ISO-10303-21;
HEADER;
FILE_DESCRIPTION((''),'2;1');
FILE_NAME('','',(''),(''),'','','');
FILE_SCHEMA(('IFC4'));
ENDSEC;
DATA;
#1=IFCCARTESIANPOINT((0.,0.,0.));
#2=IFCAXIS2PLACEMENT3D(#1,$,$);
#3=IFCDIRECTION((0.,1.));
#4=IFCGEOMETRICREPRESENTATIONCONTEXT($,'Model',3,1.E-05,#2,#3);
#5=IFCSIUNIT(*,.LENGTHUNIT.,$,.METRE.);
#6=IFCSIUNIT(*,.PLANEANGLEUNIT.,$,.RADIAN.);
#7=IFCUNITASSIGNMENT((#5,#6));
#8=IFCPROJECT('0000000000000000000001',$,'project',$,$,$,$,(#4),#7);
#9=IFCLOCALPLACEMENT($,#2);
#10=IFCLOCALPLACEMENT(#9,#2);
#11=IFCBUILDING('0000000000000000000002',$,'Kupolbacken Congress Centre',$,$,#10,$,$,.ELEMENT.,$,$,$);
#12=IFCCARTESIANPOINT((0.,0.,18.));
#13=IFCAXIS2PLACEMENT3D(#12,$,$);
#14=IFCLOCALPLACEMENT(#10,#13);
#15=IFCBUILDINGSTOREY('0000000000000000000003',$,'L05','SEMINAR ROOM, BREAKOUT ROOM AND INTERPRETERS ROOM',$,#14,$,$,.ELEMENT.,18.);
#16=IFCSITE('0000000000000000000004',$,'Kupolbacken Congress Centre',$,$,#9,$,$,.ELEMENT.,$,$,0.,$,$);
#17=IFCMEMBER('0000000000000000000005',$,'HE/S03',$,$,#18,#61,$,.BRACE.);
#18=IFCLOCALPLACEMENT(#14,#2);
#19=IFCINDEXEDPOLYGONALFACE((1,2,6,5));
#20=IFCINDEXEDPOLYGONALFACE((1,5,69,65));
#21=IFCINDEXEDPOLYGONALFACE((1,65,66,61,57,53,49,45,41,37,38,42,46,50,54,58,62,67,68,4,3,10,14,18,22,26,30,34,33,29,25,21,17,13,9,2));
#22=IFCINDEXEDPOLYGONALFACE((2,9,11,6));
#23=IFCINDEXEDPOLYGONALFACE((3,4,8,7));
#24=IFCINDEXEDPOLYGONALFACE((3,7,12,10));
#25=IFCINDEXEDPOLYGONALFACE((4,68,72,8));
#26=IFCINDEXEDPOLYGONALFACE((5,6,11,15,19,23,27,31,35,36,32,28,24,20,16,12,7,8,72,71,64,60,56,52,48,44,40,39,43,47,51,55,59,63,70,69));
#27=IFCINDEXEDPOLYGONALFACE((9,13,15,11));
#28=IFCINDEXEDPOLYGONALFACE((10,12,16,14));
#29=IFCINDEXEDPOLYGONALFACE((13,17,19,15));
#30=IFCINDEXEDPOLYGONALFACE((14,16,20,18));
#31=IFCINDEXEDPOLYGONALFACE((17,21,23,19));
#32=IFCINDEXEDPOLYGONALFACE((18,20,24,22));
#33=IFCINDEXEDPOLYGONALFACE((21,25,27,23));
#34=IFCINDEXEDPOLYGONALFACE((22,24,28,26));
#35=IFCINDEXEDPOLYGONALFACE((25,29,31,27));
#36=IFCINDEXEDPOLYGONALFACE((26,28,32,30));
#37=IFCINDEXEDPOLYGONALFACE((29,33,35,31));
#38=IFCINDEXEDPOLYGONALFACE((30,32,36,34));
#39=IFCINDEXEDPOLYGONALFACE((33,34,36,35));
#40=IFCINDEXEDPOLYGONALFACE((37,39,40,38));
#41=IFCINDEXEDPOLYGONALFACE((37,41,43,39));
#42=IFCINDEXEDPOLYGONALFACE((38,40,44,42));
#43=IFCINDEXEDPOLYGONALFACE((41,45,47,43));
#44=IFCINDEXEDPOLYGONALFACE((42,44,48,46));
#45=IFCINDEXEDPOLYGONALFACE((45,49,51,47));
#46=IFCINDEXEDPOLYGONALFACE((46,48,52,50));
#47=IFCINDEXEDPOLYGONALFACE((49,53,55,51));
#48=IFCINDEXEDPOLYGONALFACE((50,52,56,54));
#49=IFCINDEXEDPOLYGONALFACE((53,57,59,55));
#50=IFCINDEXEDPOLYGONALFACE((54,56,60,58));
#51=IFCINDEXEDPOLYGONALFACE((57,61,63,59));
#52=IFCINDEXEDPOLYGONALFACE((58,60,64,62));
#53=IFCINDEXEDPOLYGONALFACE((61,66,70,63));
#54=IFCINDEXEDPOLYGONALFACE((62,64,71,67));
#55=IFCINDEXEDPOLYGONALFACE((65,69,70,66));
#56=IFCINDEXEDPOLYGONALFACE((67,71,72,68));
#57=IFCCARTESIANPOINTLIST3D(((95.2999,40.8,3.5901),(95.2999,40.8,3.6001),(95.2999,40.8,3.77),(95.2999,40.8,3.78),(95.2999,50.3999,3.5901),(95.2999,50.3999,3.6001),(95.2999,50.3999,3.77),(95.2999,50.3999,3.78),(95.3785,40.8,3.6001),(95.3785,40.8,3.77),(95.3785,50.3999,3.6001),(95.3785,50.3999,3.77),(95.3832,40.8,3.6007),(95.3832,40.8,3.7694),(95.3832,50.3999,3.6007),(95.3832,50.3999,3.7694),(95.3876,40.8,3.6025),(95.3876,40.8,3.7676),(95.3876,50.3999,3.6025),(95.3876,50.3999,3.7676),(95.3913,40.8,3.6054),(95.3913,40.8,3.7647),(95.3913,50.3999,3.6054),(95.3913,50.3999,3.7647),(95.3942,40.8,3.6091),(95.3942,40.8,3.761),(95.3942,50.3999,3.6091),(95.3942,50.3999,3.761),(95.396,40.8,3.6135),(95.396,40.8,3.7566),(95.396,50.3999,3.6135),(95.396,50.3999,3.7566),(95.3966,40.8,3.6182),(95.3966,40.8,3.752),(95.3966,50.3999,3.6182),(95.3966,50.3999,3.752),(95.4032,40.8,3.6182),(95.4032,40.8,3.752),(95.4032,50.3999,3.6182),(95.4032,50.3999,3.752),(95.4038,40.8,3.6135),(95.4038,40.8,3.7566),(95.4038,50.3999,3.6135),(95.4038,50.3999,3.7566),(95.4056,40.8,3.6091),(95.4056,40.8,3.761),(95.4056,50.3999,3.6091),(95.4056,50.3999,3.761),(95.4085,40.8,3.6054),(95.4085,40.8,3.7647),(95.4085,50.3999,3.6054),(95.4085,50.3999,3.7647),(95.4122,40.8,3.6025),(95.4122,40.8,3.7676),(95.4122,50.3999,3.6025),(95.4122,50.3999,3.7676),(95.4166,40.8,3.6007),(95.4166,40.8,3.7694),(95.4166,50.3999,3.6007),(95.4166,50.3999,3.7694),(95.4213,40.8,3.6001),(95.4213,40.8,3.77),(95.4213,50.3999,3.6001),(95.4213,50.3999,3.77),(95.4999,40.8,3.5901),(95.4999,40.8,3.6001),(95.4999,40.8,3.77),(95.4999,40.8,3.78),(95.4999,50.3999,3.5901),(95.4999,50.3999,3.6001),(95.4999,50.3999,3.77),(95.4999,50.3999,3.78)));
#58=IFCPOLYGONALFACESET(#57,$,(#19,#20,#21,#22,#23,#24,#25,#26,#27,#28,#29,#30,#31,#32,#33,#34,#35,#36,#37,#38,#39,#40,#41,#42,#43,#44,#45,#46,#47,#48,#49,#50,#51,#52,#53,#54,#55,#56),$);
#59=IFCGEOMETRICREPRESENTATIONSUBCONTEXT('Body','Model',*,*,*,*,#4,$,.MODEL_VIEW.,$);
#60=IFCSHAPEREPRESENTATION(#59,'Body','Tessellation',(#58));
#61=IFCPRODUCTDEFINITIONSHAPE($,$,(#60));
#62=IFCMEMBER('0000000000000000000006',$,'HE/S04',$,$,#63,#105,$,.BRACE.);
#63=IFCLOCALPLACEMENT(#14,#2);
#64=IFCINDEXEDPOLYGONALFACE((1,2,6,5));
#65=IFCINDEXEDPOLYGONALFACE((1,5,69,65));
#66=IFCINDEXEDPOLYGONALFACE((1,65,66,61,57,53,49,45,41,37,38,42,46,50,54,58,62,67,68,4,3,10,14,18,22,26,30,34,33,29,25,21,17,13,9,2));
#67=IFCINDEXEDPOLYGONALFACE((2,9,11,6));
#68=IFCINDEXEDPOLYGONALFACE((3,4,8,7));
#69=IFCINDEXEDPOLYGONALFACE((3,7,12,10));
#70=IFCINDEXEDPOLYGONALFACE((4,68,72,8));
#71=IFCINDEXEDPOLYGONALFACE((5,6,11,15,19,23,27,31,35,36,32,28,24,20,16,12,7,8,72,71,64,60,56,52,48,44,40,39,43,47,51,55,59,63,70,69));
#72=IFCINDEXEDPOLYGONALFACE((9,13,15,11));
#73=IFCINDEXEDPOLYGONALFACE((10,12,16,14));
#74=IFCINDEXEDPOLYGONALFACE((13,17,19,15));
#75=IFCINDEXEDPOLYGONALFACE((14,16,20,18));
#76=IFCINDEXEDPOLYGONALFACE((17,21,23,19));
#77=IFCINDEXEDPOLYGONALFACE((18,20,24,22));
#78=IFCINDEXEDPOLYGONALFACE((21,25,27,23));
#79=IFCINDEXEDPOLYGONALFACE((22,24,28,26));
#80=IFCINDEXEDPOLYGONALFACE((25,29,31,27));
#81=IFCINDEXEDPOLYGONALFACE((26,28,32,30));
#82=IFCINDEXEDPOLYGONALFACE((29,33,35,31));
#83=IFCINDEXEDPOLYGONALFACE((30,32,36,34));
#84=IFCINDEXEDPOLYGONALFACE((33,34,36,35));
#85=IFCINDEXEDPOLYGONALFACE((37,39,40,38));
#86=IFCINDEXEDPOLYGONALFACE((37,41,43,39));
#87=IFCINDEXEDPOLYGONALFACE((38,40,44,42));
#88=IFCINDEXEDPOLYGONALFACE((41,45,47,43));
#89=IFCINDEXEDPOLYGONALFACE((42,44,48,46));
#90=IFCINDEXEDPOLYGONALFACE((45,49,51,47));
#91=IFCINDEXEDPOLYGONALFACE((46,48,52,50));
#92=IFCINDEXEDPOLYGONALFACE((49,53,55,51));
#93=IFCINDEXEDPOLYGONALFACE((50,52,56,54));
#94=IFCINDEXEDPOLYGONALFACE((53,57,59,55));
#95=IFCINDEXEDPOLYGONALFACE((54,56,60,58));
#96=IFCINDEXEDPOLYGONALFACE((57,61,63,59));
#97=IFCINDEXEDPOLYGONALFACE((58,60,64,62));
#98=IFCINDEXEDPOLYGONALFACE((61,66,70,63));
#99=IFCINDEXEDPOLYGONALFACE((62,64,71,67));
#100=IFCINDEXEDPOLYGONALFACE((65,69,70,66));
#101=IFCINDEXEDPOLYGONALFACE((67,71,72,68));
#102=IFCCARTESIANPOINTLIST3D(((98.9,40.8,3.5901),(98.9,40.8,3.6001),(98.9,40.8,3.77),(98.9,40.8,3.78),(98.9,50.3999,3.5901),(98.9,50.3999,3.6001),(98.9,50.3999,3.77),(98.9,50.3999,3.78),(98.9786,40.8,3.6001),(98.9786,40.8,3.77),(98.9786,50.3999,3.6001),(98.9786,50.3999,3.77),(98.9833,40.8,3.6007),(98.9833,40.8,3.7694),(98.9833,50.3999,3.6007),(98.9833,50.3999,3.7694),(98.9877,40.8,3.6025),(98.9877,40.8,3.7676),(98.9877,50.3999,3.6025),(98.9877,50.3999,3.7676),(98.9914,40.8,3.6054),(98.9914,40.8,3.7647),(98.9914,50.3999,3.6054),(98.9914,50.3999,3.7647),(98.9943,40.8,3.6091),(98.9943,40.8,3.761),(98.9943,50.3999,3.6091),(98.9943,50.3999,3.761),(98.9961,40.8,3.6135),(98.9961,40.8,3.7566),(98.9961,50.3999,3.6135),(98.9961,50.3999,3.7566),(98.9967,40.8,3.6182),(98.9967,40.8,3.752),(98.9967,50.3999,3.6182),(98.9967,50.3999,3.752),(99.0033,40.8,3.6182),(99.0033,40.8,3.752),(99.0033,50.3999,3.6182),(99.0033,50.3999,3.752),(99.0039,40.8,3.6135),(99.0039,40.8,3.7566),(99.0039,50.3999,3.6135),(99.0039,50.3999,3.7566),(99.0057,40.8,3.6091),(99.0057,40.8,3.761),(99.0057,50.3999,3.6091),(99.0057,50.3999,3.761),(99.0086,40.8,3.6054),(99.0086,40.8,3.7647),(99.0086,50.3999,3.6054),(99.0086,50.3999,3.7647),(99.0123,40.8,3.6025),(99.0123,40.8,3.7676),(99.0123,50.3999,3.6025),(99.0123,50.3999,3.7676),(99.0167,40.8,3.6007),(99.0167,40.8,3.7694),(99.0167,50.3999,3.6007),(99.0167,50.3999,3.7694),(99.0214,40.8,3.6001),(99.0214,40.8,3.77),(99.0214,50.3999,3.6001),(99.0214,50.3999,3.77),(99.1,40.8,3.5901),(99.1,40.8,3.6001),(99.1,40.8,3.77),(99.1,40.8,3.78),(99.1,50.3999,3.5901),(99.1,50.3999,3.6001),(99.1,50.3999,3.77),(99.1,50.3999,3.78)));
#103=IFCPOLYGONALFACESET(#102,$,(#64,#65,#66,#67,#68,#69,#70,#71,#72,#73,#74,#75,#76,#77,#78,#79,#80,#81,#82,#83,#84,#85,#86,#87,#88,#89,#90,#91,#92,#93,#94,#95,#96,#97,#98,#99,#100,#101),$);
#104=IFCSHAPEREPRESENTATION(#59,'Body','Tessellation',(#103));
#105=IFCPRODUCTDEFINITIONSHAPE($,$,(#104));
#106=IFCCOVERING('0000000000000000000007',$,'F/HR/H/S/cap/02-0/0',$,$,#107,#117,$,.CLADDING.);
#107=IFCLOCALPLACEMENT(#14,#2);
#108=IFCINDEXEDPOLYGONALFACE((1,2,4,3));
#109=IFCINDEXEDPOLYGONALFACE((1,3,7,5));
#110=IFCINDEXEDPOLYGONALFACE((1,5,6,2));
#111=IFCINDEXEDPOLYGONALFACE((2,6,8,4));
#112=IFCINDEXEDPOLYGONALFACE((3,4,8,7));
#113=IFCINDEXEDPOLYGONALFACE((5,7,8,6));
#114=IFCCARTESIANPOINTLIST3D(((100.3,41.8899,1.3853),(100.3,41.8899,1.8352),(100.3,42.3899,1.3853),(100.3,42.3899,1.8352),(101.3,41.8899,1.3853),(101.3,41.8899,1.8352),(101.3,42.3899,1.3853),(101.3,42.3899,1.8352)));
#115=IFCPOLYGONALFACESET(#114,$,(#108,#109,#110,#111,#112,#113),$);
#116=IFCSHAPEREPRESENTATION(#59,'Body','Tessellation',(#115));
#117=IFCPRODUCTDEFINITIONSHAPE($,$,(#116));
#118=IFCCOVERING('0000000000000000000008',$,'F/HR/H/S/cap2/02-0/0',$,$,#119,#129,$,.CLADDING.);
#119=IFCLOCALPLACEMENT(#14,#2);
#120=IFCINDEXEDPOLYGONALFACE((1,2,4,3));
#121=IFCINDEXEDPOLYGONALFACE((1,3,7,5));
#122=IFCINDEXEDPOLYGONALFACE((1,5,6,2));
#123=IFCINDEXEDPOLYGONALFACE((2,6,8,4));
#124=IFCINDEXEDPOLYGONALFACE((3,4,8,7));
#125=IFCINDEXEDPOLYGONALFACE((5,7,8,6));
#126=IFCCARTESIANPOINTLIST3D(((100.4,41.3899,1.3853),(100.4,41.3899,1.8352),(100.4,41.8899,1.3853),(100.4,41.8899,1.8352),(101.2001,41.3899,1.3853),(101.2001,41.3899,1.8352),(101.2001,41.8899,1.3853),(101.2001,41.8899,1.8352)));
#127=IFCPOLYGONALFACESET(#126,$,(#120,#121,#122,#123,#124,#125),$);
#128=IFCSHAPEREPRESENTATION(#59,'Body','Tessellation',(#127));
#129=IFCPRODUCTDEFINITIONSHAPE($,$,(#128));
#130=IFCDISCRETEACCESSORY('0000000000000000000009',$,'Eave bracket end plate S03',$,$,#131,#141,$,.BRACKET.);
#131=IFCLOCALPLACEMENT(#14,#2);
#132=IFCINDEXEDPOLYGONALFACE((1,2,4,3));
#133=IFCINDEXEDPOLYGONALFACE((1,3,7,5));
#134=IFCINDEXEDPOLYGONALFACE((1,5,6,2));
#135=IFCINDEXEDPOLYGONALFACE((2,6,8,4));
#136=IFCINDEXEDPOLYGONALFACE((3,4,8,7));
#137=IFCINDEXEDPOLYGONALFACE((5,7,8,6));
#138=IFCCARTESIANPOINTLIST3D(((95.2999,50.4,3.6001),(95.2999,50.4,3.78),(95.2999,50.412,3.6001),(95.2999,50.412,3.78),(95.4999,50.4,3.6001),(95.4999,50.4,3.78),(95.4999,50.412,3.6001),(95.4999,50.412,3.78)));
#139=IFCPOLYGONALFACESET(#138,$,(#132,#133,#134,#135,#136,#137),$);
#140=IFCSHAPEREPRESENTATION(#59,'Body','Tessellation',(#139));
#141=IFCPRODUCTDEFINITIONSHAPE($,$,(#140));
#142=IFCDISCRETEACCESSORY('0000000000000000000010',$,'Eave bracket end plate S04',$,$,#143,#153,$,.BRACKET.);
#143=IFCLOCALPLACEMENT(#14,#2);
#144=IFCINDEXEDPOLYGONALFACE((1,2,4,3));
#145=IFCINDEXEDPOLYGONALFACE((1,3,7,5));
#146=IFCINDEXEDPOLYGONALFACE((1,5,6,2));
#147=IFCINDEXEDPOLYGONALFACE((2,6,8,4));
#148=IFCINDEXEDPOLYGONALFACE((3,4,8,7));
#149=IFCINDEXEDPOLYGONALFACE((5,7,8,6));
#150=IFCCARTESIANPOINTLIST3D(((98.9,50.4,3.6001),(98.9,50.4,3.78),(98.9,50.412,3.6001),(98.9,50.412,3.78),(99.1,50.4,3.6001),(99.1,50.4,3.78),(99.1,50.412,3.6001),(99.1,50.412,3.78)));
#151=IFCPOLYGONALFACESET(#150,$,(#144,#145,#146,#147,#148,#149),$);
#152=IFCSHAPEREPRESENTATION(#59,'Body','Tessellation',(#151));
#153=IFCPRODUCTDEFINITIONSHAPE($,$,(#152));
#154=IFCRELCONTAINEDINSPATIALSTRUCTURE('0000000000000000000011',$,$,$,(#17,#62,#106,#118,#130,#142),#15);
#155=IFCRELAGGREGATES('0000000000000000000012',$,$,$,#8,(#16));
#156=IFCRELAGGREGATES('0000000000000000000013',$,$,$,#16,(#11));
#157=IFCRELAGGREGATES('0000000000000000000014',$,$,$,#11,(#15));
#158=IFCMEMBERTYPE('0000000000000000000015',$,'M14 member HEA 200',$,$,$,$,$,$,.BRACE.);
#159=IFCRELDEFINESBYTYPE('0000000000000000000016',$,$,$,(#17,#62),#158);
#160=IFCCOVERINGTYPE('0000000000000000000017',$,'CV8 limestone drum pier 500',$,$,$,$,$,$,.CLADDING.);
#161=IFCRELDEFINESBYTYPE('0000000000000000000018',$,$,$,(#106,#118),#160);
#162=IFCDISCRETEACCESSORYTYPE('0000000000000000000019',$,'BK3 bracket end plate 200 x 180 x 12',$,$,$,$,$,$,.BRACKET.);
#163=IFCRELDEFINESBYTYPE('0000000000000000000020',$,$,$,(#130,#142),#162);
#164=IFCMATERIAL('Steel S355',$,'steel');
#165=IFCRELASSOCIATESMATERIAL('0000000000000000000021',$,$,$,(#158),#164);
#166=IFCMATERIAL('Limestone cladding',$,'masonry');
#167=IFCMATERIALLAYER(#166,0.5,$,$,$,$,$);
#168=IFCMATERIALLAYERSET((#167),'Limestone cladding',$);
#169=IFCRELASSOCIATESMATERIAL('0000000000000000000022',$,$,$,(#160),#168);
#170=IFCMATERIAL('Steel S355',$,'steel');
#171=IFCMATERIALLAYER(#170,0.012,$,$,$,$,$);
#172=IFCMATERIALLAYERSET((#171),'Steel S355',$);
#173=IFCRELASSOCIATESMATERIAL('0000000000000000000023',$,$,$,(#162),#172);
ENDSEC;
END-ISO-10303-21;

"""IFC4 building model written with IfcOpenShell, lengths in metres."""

from ifc_helpers import new_model, si_unit, direction, frame, origin, origin_2d, place, context, subcontext, project, spatial, rectangle, i_section, extrude, material, layer, layer_set, material_profile, profile_set, type_object, element, save


model = new_model("IFC4")

# Units and contexts
model_context = context("Model", 3, precision=1e-05, world=origin(), true_north=direction((0.0, 1.0)))
body_context = subcontext(model_context, "Body", "Model", "MODEL_VIEW")
ifc_project = project(units=[si_unit("LENGTHUNIT", "METRE"), si_unit("PLANEANGLEUNIT", "RADIAN")], contexts=[model_context])

# Site, building, storey
site_placement = place(None, origin())
site = spatial("IfcSite", under=ifc_project, at=site_placement, Name="Kupolbacken Congress Centre", CompositionType="ELEMENT", RefElevation=0.0)
building_placement = place(site_placement, origin())
building = spatial("IfcBuilding", under=site, at=building_placement, Name="Kupolbacken Congress Centre", CompositionType="ELEMENT")
storey_placement = place(building_placement, frame((0.0, 0.0, 18.0)))
storey = spatial("IfcBuildingStorey", under=building, at=storey_placement, Name="L05", Description="SEMINAR ROOM, BREAKOUT ROOM AND INTERPRETERS ROOM", CompositionType="ELEMENT", Elevation=18.0)

# Members
ifc_material_1 = material(Name="Steel S355", Category="steel")
ifc_material_profile = material_profile(ifc_material_1, i_section(OverallWidth=0.2, OverallDepth=0.1899, WebThickness=0.0066, FlangeThickness=0.01, FilletRadius=0.0181, at=origin_2d()), Name="HEA 200")
ifc_profile_set = profile_set([ifc_material_profile], Name="Steel S355")
member_type = type_object("IfcMemberType", Name="M14 member HEA 200", PredefinedType="BRACE", material=ifc_profile_set)
for number, where, z_axis, x_axis, name in (
    (1, (95.3999, 50.3999, 3.6851), (0.0, -1.0, 0.0), (1.0, 0.0, 0.0), "HE/S03"),
    (2, (99.0, 50.3999, 3.6851), (0.0, -1.0, 0.0), (1.0, 0.0, 0.0), "HE/S04"),
):
    element("IfcMember", number, at=place(storey_placement, frame(where, z_axis=z_axis, x_axis=x_axis)), inside=storey, type_object=member_type, Name=name, PredefinedType="BRACE", context=body_context, shape_type="SweptSolid", body=[
        extrude(i_section(OverallWidth=0.2, OverallDepth=0.1899, WebThickness=0.0066, FlangeThickness=0.01, FilletRadius=0.0181, at=origin_2d()), origin(), (0.0, 0.0, 1.0), 9.5999),
    ])

# Coverings
ifc_material_2 = material(Name="Limestone cladding", Category="masonry")
ifc_layer_1 = layer(ifc_material_2, 0.5)
ifc_layer_set_1 = layer_set([ifc_layer_1], Name="Limestone cladding")
covering_type = type_object("IfcCoveringType", Name="CV8 limestone drum pier 500", PredefinedType="CLADDING", material=ifc_layer_set_1)
covering_1_placement = place(storey_placement, frame((100.8, 42.1399, 1.3853), z_axis=(0.0, 0.0, 1.0), x_axis=(1.0, 0.0, 0.0)))
element("IfcCovering", 3, at=covering_1_placement, inside=storey, type_object=covering_type, Name="F/HR/H/S/cap/02-0/0", PredefinedType="CLADDING", context=body_context, shape_type="SweptSolid", body=[
    extrude(rectangle(XDim=1.0, YDim=0.5, at=origin_2d()), origin(), (0.0, 0.0, 1.0), 0.45),
])
covering_2_placement = place(storey_placement, frame((100.8, 41.6399, 1.3853), z_axis=(0.0, 0.0, 1.0), x_axis=(1.0, 0.0, 0.0)))
element("IfcCovering", 4, at=covering_2_placement, inside=storey, type_object=covering_type, Name="F/HR/H/S/cap2/02-0/0", PredefinedType="CLADDING", context=body_context, shape_type="SweptSolid", body=[
    extrude(rectangle(XDim=0.8, YDim=0.5, at=origin_2d()), origin(), (0.0, 0.0, 1.0), 0.45),
])

# Discrete accessories
ifc_material_3 = material(Name="Steel S355", Category="steel")
ifc_layer_2 = layer(ifc_material_3, 0.012)
ifc_layer_set_2 = layer_set([ifc_layer_2], Name="Steel S355")
discrete_accessory_type = type_object("IfcDiscreteAccessoryType", Name="BK3 bracket end plate 200 x 180 x 12", PredefinedType="BRACKET", material=ifc_layer_set_2)
for number, where, z_axis, x_axis, name in (
    (5, (95.3999, 50.406, 3.6001), (0.0, 0.0, 1.0), (1.0, 0.0, 0.0), "Eave bracket end plate S03"),
    (6, (99.0, 50.406, 3.6001), (0.0, 0.0, 1.0), (1.0, 0.0, 0.0), "Eave bracket end plate S04"),
):
    element("IfcDiscreteAccessory", number, at=place(storey_placement, frame(where, z_axis=z_axis, x_axis=x_axis)), inside=storey, type_object=discrete_accessory_type, Name=name, PredefinedType="BRACKET", context=body_context, shape_type="SweptSolid", body=[
        extrude(rectangle(XDim=0.2, YDim=0.012, at=origin_2d()), origin(), (0.0, 0.0, 1.0), 0.1799),
    ])

save(model, "model.ifc")
